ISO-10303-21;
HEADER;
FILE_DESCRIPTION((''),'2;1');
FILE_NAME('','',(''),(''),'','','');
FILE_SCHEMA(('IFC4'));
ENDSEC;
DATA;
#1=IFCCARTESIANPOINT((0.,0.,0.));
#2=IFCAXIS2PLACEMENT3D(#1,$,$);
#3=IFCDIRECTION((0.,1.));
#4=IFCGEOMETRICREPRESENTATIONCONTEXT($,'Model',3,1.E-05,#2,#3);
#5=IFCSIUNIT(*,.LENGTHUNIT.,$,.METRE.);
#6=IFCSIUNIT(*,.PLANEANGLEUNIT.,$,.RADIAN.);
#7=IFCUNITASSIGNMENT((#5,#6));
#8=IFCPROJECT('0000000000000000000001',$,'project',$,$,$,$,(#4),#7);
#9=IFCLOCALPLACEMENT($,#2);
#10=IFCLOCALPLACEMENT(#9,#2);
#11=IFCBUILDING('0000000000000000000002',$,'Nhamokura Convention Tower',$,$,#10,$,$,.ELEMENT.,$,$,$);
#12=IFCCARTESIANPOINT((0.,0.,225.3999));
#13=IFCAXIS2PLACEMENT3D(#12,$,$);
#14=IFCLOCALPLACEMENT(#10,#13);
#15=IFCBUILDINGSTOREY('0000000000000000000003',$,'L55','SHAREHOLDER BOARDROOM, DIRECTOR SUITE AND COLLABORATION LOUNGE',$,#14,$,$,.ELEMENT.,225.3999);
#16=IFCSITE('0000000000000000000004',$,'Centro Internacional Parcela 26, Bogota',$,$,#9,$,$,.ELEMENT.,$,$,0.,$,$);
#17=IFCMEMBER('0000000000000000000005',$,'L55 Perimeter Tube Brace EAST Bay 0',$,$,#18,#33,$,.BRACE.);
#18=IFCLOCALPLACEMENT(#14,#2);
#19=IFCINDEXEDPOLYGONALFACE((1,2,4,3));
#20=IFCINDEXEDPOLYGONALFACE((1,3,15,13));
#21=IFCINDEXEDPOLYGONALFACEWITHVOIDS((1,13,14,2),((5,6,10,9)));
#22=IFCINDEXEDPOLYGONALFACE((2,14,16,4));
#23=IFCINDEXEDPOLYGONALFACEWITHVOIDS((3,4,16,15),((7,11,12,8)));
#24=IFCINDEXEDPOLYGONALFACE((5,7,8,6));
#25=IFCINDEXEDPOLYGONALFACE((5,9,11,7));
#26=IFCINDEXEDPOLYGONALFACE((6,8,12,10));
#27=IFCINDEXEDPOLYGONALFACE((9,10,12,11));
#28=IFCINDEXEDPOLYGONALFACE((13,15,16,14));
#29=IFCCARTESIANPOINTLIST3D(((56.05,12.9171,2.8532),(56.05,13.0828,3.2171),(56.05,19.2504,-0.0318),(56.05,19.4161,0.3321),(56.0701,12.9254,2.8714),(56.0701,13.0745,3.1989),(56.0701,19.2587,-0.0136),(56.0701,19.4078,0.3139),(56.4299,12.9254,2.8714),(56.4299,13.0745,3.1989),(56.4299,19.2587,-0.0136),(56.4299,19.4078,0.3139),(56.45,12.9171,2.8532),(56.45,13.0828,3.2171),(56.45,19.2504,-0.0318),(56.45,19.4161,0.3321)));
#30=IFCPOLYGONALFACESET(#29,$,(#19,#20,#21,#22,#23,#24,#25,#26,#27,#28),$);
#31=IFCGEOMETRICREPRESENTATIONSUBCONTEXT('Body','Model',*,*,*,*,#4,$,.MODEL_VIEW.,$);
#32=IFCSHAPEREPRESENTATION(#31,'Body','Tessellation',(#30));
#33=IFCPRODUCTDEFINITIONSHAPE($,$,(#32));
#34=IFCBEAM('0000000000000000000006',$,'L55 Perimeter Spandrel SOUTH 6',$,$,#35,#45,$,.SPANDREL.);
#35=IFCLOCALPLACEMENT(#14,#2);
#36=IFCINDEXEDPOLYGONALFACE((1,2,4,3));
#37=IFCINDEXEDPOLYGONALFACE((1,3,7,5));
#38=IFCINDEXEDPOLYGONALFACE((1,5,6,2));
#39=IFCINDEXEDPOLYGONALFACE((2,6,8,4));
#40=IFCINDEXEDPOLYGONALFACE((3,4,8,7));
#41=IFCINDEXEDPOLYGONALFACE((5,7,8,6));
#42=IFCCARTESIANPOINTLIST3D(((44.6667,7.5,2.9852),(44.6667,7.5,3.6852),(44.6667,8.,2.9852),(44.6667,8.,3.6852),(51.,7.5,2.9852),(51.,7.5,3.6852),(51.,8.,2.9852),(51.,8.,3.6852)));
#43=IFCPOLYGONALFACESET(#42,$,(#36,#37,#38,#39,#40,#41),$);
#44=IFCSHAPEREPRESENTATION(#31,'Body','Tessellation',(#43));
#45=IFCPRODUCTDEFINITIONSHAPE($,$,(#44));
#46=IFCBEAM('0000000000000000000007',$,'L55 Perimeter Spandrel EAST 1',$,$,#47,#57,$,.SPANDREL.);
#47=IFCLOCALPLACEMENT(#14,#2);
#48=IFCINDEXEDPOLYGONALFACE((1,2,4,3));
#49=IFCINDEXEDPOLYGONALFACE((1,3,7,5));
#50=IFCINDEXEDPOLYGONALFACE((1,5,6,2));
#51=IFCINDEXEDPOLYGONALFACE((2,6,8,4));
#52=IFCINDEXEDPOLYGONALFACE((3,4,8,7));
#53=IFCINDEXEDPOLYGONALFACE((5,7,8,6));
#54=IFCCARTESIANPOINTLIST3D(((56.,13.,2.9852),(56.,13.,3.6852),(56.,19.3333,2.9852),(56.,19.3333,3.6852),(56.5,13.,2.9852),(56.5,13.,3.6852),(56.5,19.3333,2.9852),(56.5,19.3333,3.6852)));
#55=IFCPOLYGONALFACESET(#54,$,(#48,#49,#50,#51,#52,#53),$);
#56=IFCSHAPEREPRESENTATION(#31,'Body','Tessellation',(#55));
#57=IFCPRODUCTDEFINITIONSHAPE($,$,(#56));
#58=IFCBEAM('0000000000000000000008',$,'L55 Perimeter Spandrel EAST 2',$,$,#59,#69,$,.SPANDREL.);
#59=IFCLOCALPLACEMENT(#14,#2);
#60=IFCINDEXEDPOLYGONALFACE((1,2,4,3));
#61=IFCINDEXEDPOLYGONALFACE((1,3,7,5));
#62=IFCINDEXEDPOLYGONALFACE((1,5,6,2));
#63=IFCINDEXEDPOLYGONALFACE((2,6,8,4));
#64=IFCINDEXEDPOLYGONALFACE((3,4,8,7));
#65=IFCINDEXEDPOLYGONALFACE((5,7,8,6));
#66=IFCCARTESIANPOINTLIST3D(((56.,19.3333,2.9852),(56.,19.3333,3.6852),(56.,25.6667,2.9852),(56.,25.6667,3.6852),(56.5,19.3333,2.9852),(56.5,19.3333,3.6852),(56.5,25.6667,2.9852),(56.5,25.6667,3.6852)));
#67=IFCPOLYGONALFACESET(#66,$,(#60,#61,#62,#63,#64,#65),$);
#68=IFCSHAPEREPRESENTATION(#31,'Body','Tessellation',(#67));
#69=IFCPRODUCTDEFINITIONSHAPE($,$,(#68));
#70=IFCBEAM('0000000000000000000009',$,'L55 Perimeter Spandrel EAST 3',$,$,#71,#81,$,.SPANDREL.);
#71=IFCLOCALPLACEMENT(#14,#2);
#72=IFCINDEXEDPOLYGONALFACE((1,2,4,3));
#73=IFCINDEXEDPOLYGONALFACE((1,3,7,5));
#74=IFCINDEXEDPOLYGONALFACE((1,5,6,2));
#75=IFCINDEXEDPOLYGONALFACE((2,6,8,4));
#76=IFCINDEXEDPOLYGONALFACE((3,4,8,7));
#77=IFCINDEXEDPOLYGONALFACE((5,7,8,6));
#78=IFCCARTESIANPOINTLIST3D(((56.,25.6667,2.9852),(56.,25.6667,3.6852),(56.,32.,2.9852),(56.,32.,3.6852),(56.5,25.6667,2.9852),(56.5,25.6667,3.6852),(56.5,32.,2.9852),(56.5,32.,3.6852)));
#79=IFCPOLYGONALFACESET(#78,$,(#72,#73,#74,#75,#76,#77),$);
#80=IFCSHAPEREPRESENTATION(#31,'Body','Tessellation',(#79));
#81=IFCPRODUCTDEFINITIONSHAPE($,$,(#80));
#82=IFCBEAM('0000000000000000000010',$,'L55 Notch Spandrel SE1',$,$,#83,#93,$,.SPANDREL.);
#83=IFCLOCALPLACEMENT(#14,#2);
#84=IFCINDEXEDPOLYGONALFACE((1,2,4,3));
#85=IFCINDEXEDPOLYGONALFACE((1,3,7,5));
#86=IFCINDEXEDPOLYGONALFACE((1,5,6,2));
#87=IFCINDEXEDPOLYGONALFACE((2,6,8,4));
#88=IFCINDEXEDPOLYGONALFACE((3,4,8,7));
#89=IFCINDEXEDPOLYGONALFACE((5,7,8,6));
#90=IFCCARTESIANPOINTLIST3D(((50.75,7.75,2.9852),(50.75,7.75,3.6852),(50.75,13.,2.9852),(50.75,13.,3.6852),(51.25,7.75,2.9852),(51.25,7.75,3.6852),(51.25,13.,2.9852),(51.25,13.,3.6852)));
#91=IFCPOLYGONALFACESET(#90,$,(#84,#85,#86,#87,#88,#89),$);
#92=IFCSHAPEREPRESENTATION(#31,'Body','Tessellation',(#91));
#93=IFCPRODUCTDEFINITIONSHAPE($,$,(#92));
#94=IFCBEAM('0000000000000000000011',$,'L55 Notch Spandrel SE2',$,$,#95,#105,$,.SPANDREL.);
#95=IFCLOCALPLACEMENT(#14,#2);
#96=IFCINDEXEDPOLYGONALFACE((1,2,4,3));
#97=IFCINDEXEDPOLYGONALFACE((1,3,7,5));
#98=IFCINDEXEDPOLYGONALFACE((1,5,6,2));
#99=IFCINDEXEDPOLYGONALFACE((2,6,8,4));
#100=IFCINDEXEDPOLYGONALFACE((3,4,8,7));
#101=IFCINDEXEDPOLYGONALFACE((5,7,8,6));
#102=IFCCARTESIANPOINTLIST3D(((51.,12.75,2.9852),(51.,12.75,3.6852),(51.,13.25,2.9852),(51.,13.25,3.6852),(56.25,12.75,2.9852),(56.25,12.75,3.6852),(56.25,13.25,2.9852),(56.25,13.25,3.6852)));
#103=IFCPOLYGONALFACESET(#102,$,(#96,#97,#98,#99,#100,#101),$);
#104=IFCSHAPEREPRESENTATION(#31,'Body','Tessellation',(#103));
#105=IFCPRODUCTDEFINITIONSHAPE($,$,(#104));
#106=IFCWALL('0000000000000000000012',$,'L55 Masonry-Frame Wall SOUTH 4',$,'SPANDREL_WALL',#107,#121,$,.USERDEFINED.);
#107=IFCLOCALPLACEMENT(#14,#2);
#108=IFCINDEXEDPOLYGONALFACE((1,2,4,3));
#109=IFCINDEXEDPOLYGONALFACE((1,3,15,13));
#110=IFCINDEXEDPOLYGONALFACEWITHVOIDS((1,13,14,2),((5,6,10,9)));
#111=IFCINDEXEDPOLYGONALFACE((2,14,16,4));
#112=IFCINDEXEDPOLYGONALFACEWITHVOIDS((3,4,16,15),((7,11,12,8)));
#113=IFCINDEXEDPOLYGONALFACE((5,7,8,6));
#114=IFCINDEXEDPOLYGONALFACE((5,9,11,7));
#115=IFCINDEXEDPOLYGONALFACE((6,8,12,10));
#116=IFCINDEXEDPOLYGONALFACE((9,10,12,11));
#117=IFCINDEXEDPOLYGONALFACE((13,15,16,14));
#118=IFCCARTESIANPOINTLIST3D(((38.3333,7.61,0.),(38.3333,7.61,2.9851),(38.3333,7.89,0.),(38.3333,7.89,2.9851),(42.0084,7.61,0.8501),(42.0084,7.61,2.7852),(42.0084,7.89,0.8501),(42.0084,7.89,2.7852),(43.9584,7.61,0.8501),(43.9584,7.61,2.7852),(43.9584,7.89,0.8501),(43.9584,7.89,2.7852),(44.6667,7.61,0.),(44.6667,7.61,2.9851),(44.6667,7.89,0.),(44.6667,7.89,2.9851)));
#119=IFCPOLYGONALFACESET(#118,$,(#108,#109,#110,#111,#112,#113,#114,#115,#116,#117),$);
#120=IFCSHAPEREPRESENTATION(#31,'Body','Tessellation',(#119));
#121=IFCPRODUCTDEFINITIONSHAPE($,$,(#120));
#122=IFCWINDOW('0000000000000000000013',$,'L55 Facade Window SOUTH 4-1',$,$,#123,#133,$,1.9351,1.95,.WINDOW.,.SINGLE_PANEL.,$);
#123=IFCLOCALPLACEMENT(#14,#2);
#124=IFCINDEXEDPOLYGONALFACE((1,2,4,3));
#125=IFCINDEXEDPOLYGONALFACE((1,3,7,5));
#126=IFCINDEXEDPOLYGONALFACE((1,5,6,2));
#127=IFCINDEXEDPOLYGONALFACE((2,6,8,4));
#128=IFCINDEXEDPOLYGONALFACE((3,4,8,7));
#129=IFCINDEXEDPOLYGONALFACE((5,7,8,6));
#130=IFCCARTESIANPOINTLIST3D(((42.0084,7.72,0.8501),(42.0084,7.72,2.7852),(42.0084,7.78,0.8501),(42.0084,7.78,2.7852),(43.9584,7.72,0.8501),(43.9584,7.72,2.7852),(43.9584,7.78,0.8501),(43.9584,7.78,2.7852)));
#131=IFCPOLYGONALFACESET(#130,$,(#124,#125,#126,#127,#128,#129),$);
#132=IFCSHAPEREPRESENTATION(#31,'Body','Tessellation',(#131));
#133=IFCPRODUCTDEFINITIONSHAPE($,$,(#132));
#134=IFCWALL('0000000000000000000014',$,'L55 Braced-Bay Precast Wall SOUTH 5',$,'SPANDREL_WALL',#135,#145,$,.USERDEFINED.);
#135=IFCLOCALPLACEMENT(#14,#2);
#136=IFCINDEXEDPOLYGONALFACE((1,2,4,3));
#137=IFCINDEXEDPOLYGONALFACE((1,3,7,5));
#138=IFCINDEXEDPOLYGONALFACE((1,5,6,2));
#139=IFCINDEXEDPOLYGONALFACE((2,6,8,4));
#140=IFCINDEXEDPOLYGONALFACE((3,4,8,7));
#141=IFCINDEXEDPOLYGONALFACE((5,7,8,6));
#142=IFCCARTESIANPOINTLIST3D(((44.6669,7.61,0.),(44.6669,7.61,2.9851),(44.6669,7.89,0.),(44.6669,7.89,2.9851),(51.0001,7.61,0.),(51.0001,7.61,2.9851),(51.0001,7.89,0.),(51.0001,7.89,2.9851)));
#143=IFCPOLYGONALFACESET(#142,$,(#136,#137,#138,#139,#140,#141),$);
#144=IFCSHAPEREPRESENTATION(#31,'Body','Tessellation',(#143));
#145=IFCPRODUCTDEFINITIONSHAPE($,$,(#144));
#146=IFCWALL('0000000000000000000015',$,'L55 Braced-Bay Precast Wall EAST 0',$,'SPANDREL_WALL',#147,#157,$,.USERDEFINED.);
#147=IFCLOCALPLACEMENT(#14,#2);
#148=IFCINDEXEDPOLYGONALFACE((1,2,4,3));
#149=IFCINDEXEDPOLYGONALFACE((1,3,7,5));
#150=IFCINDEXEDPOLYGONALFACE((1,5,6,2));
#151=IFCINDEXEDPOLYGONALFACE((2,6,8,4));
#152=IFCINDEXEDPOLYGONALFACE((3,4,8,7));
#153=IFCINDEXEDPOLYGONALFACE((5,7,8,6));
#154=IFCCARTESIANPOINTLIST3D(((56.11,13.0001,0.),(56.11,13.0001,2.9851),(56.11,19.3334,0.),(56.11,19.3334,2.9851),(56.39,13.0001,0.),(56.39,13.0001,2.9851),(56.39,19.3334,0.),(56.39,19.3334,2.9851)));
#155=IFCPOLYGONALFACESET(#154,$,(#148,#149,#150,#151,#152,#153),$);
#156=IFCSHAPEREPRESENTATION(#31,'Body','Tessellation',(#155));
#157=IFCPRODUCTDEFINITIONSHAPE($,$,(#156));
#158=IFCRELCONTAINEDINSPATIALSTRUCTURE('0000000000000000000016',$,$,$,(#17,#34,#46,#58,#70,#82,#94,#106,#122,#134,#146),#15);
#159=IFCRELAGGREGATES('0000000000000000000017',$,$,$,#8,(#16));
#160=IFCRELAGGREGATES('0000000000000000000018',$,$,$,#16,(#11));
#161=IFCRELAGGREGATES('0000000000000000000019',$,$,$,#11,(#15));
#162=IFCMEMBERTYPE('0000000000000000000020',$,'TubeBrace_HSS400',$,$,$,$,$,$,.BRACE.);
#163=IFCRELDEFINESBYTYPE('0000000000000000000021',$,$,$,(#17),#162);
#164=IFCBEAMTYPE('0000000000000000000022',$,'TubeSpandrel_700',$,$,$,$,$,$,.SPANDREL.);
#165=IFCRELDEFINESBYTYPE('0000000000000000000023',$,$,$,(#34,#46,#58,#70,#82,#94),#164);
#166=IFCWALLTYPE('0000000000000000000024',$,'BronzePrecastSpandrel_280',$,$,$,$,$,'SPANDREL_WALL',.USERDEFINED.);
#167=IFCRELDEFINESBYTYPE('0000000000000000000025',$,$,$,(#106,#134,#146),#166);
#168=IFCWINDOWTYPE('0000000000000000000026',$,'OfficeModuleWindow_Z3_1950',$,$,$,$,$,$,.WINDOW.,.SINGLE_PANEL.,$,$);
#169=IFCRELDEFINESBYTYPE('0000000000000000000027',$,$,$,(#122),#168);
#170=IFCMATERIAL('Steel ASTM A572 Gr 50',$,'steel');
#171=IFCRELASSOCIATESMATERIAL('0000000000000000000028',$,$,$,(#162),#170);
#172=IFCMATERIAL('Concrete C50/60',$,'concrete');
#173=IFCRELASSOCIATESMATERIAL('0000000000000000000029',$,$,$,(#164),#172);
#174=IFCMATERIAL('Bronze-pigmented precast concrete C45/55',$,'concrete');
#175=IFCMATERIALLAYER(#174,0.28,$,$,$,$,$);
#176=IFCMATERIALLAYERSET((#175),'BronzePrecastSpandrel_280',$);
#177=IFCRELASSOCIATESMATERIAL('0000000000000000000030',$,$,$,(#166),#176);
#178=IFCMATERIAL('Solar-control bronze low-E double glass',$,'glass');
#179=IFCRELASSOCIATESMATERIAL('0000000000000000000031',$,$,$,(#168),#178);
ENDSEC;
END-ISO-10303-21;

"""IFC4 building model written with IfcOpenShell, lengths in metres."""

from ifc_helpers import new_model, si_unit, direction, frame, frame_2d, origin, origin_2d, place, context, subcontext, project, spatial, rectangle, hollow_rectangle, extrude, material, layer, layer_set, material_profile, profile_set, type_object, element, fill, save


model = new_model("IFC4")

# Units and contexts
model_context = context("Model", 3, precision=1e-05, world=origin(), true_north=direction((0.0, 1.0)))
body_context = subcontext(model_context, "Body", "Model", "MODEL_VIEW")
ifc_project = project(units=[si_unit("LENGTHUNIT", "METRE"), si_unit("PLANEANGLEUNIT", "RADIAN")], contexts=[model_context])

# Site, building, storey
site_placement = place(None, origin())
site = spatial("IfcSite", under=ifc_project, at=site_placement, Name="Centro Internacional Parcela 26, Bogota", CompositionType="ELEMENT", RefElevation=0.0)
building_placement = place(site_placement, origin())
building = spatial("IfcBuilding", under=site, at=building_placement, Name="Nhamokura Convention Tower", CompositionType="ELEMENT")
storey_placement = place(building_placement, frame((0.0, 0.0, 225.3999)))
storey = spatial("IfcBuildingStorey", under=building, at=storey_placement, Name="L55", Description="SHAREHOLDER BOARDROOM, DIRECTOR SUITE AND COLLABORATION LOUNGE", CompositionType="ELEMENT", Elevation=225.3999)

# Member
ifc_material_1 = material(Name="Steel ASTM A572 Gr 50", Category="steel")
ifc_material_profile_1 = material_profile(ifc_material_1, hollow_rectangle(XDim=0.3999, YDim=0.3999, WallThickness=0.02, at=origin_2d()))
ifc_profile_set_1 = profile_set([ifc_material_profile_1], Name="Steel ASTM A572 Gr 50")
member_type_1 = type_object("IfcMemberType", Name="TubeBrace_HSS400", PredefinedType="BRACE", material=ifc_profile_set_1)
for number, where, z_axis, x_axis, name in (
    (1, (56.25, 19.3333, 0.1501), (0.0, -0.910027, 0.414548), (1.0, 0.0, 0.0), "L55 Perimeter Tube Brace EAST Bay 0"),
):
    element("IfcMember", number, at=place(storey_placement, frame(where, z_axis=z_axis, x_axis=x_axis)), inside=storey, type_object=member_type_1, Name=name, PredefinedType="BRACE", context=body_context, shape_type="SweptSolid", body=[
        extrude(hollow_rectangle(XDim=0.3999, YDim=0.3999, WallThickness=0.02, at=origin_2d()), origin(), (0.0, 0.0, 1.0), 6.9595),
    ])

# Beams
ifc_material_2 = material(Name="Concrete C50/60", Category="concrete")
ifc_material_profile_2 = material_profile(ifc_material_2, rectangle(XDim=0.5, YDim=0.7, at=origin_2d()))
ifc_profile_set_2 = profile_set([ifc_material_profile_2], Name="Concrete C50/60")
beam_type_1 = type_object("IfcBeamType", Name="TubeSpandrel_700", PredefinedType="SPANDREL", material=ifc_profile_set_2)
for number, where, z_axis, x_axis, name in (
    (2, (44.6667, 7.75, 3.3352), (1.0, 0.0, 0.0), (0.0, 1.0, 0.0), "L55 Perimeter Spandrel SOUTH 6"),
    (3, (56.25, 13.0, 3.3352), (0.0, 1.0, 0.0), (-1.0, 0.0, 0.0), "L55 Perimeter Spandrel EAST 1"),
):
    element("IfcBeam", number, at=place(storey_placement, frame(where, z_axis=z_axis, x_axis=x_axis)), inside=storey, type_object=beam_type_1, Name=name, PredefinedType="SPANDREL", context=body_context, shape_type="SweptSolid", body=[
        extrude(rectangle(XDim=0.5, YDim=0.7, at=origin_2d()), origin(), (0.0, 0.0, 1.0), 6.3333),
    ])
beam_1_placement = place(storey_placement, frame((56.25, 19.3333, 3.3352), z_axis=(0.0, 1.0, 0.0), x_axis=(-1.0, 0.0, 0.0)))
element("IfcBeam", 4, at=beam_1_placement, inside=storey, type_object=beam_type_1, Name="L55 Perimeter Spandrel EAST 2", PredefinedType="SPANDREL", context=body_context, shape_type="SweptSolid", body=[
    extrude(rectangle(XDim=0.5, YDim=0.7, at=origin_2d()), origin(), (0.0, 0.0, 1.0), 6.3335),
])
beam_2_placement = place(storey_placement, frame((56.25, 25.6667, 3.3352), z_axis=(0.0, 1.0, 0.0), x_axis=(-1.0, 0.0, 0.0)))
element("IfcBeam", 5, at=beam_2_placement, inside=storey, type_object=beam_type_1, Name="L55 Perimeter Spandrel EAST 3", PredefinedType="SPANDREL", context=body_context, shape_type="SweptSolid", body=[
    extrude(rectangle(XDim=0.5, YDim=0.7, at=origin_2d()), origin(), (0.0, 0.0, 1.0), 6.3333),
])
for number, where, z_axis, x_axis, name in (
    (6, (51.0, 7.75, 3.3352), (0.0, 1.0, 0.0), (-1.0, 0.0, 0.0), "L55 Notch Spandrel SE1"),
    (7, (51.0, 13.0, 3.3352), (1.0, 0.0, 0.0), (0.0, 1.0, 0.0), "L55 Notch Spandrel SE2"),
):
    element("IfcBeam", number, at=place(storey_placement, frame(where, z_axis=z_axis, x_axis=x_axis)), inside=storey, type_object=beam_type_1, Name=name, PredefinedType="SPANDREL", context=body_context, shape_type="SweptSolid", body=[
        extrude(rectangle(XDim=0.5, YDim=0.7, at=origin_2d()), origin(), (0.0, 0.0, 1.0), 5.25),
    ])

# Wall, opening, window
ifc_material_3 = material(Name="Bronze-pigmented precast concrete C45/55", Category="concrete")
ifc_layer_1 = layer(ifc_material_3, 0.28)
ifc_layer_set_1 = layer_set([ifc_layer_1], Name="BronzePrecastSpandrel_280")
wall_type_1 = type_object("IfcWallType", Name="BronzePrecastSpandrel_280", ElementType="SPANDREL_WALL", PredefinedType="USERDEFINED", material=ifc_layer_set_1)
wall_1_placement = place(storey_placement, frame((44.6667, 7.75, 0.0), z_axis=(0.0, 0.0, 1.0), x_axis=(-1.0, 0.0, 0.0)))
wall_1 = element("IfcWall", 8, at=wall_1_placement, inside=storey, type_object=wall_type_1, Name="L55 Masonry-Frame Wall SOUTH 4", ObjectType="SPANDREL_WALL", PredefinedType="USERDEFINED", context=body_context, shape_type="SweptSolid", body=[
    extrude(rectangle(XDim=6.3335, YDim=0.28, at=frame_2d((3.1667, 0.0))), origin(), (0.0, 0.0, 1.0), 2.9851),
])
opening_1_placement = place(wall_1_placement, frame((0.7083, 0.0, 0.8501)))
opening_1 = element("IfcOpeningElement", 9, at=opening_1_placement, cuts=wall_1, PredefinedType="OPENING", context=body_context, shape_type="SweptSolid", body=[
    extrude(rectangle(XDim=1.95, YDim=1.9351, at=frame_2d((0.9751, 0.9675))), frame((0.0, 0.1499, 0.0), z_axis=(0.0, -1.0, 0.0), x_axis=(1.0, 0.0, 0.0)), (0.0, 0.0, 1.0), 0.3),
])
ifc_material_4 = material(Name="Solar-control bronze low-E double glass", Category="glass")
window_type = type_object("IfcWindowType", Name="OfficeModuleWindow_Z3_1950", PartitioningType="SINGLE_PANEL", PredefinedType="WINDOW", material=ifc_material_4)
window_1_placement = place(opening_1_placement, origin())
window_1 = element("IfcWindow", 10, at=window_1_placement, inside=storey, type_object=window_type, Name="L55 Facade Window SOUTH 4-1", OverallHeight=1.9351, OverallWidth=1.95, PartitioningType="SINGLE_PANEL", PredefinedType="WINDOW", context=body_context, shape_type="SweptSolid", body=[
    extrude(rectangle(XDim=1.95, YDim=1.9351, at=frame_2d((0.9751, 0.9675))), frame((0.0, 0.03, 0.0), z_axis=(0.0, -1.0, 0.0), x_axis=(1.0, 0.0, 0.0)), (0.0, 0.0, 1.0), 0.0601),
])
fill(opening_1, window_1)

# Walls
for number, where, z_axis, x_axis, name in (
    (11, (51.0, 7.75, 0.0), (0.0, 0.0, 1.0), (-1.0, 0.0, 0.0), "L55 Braced-Bay Precast Wall SOUTH 5"),
    (12, (56.25, 19.3333, 0.0), (0.0, 0.0, 1.0), (0.0, -1.0, 0.0), "L55 Braced-Bay Precast Wall EAST 0"),
):
    element("IfcWall", number, at=place(storey_placement, frame(where, z_axis=z_axis, x_axis=x_axis)), inside=storey, type_object=wall_type_1, Name=name, ObjectType="SPANDREL_WALL", PredefinedType="USERDEFINED", context=body_context, shape_type="SweptSolid", body=[
        extrude(rectangle(XDim=6.3333, YDim=0.28, at=frame_2d((3.1665, 0.0))), origin(), (0.0, 0.0, 1.0), 2.9851),
    ])

save(model, "model.ifc")
